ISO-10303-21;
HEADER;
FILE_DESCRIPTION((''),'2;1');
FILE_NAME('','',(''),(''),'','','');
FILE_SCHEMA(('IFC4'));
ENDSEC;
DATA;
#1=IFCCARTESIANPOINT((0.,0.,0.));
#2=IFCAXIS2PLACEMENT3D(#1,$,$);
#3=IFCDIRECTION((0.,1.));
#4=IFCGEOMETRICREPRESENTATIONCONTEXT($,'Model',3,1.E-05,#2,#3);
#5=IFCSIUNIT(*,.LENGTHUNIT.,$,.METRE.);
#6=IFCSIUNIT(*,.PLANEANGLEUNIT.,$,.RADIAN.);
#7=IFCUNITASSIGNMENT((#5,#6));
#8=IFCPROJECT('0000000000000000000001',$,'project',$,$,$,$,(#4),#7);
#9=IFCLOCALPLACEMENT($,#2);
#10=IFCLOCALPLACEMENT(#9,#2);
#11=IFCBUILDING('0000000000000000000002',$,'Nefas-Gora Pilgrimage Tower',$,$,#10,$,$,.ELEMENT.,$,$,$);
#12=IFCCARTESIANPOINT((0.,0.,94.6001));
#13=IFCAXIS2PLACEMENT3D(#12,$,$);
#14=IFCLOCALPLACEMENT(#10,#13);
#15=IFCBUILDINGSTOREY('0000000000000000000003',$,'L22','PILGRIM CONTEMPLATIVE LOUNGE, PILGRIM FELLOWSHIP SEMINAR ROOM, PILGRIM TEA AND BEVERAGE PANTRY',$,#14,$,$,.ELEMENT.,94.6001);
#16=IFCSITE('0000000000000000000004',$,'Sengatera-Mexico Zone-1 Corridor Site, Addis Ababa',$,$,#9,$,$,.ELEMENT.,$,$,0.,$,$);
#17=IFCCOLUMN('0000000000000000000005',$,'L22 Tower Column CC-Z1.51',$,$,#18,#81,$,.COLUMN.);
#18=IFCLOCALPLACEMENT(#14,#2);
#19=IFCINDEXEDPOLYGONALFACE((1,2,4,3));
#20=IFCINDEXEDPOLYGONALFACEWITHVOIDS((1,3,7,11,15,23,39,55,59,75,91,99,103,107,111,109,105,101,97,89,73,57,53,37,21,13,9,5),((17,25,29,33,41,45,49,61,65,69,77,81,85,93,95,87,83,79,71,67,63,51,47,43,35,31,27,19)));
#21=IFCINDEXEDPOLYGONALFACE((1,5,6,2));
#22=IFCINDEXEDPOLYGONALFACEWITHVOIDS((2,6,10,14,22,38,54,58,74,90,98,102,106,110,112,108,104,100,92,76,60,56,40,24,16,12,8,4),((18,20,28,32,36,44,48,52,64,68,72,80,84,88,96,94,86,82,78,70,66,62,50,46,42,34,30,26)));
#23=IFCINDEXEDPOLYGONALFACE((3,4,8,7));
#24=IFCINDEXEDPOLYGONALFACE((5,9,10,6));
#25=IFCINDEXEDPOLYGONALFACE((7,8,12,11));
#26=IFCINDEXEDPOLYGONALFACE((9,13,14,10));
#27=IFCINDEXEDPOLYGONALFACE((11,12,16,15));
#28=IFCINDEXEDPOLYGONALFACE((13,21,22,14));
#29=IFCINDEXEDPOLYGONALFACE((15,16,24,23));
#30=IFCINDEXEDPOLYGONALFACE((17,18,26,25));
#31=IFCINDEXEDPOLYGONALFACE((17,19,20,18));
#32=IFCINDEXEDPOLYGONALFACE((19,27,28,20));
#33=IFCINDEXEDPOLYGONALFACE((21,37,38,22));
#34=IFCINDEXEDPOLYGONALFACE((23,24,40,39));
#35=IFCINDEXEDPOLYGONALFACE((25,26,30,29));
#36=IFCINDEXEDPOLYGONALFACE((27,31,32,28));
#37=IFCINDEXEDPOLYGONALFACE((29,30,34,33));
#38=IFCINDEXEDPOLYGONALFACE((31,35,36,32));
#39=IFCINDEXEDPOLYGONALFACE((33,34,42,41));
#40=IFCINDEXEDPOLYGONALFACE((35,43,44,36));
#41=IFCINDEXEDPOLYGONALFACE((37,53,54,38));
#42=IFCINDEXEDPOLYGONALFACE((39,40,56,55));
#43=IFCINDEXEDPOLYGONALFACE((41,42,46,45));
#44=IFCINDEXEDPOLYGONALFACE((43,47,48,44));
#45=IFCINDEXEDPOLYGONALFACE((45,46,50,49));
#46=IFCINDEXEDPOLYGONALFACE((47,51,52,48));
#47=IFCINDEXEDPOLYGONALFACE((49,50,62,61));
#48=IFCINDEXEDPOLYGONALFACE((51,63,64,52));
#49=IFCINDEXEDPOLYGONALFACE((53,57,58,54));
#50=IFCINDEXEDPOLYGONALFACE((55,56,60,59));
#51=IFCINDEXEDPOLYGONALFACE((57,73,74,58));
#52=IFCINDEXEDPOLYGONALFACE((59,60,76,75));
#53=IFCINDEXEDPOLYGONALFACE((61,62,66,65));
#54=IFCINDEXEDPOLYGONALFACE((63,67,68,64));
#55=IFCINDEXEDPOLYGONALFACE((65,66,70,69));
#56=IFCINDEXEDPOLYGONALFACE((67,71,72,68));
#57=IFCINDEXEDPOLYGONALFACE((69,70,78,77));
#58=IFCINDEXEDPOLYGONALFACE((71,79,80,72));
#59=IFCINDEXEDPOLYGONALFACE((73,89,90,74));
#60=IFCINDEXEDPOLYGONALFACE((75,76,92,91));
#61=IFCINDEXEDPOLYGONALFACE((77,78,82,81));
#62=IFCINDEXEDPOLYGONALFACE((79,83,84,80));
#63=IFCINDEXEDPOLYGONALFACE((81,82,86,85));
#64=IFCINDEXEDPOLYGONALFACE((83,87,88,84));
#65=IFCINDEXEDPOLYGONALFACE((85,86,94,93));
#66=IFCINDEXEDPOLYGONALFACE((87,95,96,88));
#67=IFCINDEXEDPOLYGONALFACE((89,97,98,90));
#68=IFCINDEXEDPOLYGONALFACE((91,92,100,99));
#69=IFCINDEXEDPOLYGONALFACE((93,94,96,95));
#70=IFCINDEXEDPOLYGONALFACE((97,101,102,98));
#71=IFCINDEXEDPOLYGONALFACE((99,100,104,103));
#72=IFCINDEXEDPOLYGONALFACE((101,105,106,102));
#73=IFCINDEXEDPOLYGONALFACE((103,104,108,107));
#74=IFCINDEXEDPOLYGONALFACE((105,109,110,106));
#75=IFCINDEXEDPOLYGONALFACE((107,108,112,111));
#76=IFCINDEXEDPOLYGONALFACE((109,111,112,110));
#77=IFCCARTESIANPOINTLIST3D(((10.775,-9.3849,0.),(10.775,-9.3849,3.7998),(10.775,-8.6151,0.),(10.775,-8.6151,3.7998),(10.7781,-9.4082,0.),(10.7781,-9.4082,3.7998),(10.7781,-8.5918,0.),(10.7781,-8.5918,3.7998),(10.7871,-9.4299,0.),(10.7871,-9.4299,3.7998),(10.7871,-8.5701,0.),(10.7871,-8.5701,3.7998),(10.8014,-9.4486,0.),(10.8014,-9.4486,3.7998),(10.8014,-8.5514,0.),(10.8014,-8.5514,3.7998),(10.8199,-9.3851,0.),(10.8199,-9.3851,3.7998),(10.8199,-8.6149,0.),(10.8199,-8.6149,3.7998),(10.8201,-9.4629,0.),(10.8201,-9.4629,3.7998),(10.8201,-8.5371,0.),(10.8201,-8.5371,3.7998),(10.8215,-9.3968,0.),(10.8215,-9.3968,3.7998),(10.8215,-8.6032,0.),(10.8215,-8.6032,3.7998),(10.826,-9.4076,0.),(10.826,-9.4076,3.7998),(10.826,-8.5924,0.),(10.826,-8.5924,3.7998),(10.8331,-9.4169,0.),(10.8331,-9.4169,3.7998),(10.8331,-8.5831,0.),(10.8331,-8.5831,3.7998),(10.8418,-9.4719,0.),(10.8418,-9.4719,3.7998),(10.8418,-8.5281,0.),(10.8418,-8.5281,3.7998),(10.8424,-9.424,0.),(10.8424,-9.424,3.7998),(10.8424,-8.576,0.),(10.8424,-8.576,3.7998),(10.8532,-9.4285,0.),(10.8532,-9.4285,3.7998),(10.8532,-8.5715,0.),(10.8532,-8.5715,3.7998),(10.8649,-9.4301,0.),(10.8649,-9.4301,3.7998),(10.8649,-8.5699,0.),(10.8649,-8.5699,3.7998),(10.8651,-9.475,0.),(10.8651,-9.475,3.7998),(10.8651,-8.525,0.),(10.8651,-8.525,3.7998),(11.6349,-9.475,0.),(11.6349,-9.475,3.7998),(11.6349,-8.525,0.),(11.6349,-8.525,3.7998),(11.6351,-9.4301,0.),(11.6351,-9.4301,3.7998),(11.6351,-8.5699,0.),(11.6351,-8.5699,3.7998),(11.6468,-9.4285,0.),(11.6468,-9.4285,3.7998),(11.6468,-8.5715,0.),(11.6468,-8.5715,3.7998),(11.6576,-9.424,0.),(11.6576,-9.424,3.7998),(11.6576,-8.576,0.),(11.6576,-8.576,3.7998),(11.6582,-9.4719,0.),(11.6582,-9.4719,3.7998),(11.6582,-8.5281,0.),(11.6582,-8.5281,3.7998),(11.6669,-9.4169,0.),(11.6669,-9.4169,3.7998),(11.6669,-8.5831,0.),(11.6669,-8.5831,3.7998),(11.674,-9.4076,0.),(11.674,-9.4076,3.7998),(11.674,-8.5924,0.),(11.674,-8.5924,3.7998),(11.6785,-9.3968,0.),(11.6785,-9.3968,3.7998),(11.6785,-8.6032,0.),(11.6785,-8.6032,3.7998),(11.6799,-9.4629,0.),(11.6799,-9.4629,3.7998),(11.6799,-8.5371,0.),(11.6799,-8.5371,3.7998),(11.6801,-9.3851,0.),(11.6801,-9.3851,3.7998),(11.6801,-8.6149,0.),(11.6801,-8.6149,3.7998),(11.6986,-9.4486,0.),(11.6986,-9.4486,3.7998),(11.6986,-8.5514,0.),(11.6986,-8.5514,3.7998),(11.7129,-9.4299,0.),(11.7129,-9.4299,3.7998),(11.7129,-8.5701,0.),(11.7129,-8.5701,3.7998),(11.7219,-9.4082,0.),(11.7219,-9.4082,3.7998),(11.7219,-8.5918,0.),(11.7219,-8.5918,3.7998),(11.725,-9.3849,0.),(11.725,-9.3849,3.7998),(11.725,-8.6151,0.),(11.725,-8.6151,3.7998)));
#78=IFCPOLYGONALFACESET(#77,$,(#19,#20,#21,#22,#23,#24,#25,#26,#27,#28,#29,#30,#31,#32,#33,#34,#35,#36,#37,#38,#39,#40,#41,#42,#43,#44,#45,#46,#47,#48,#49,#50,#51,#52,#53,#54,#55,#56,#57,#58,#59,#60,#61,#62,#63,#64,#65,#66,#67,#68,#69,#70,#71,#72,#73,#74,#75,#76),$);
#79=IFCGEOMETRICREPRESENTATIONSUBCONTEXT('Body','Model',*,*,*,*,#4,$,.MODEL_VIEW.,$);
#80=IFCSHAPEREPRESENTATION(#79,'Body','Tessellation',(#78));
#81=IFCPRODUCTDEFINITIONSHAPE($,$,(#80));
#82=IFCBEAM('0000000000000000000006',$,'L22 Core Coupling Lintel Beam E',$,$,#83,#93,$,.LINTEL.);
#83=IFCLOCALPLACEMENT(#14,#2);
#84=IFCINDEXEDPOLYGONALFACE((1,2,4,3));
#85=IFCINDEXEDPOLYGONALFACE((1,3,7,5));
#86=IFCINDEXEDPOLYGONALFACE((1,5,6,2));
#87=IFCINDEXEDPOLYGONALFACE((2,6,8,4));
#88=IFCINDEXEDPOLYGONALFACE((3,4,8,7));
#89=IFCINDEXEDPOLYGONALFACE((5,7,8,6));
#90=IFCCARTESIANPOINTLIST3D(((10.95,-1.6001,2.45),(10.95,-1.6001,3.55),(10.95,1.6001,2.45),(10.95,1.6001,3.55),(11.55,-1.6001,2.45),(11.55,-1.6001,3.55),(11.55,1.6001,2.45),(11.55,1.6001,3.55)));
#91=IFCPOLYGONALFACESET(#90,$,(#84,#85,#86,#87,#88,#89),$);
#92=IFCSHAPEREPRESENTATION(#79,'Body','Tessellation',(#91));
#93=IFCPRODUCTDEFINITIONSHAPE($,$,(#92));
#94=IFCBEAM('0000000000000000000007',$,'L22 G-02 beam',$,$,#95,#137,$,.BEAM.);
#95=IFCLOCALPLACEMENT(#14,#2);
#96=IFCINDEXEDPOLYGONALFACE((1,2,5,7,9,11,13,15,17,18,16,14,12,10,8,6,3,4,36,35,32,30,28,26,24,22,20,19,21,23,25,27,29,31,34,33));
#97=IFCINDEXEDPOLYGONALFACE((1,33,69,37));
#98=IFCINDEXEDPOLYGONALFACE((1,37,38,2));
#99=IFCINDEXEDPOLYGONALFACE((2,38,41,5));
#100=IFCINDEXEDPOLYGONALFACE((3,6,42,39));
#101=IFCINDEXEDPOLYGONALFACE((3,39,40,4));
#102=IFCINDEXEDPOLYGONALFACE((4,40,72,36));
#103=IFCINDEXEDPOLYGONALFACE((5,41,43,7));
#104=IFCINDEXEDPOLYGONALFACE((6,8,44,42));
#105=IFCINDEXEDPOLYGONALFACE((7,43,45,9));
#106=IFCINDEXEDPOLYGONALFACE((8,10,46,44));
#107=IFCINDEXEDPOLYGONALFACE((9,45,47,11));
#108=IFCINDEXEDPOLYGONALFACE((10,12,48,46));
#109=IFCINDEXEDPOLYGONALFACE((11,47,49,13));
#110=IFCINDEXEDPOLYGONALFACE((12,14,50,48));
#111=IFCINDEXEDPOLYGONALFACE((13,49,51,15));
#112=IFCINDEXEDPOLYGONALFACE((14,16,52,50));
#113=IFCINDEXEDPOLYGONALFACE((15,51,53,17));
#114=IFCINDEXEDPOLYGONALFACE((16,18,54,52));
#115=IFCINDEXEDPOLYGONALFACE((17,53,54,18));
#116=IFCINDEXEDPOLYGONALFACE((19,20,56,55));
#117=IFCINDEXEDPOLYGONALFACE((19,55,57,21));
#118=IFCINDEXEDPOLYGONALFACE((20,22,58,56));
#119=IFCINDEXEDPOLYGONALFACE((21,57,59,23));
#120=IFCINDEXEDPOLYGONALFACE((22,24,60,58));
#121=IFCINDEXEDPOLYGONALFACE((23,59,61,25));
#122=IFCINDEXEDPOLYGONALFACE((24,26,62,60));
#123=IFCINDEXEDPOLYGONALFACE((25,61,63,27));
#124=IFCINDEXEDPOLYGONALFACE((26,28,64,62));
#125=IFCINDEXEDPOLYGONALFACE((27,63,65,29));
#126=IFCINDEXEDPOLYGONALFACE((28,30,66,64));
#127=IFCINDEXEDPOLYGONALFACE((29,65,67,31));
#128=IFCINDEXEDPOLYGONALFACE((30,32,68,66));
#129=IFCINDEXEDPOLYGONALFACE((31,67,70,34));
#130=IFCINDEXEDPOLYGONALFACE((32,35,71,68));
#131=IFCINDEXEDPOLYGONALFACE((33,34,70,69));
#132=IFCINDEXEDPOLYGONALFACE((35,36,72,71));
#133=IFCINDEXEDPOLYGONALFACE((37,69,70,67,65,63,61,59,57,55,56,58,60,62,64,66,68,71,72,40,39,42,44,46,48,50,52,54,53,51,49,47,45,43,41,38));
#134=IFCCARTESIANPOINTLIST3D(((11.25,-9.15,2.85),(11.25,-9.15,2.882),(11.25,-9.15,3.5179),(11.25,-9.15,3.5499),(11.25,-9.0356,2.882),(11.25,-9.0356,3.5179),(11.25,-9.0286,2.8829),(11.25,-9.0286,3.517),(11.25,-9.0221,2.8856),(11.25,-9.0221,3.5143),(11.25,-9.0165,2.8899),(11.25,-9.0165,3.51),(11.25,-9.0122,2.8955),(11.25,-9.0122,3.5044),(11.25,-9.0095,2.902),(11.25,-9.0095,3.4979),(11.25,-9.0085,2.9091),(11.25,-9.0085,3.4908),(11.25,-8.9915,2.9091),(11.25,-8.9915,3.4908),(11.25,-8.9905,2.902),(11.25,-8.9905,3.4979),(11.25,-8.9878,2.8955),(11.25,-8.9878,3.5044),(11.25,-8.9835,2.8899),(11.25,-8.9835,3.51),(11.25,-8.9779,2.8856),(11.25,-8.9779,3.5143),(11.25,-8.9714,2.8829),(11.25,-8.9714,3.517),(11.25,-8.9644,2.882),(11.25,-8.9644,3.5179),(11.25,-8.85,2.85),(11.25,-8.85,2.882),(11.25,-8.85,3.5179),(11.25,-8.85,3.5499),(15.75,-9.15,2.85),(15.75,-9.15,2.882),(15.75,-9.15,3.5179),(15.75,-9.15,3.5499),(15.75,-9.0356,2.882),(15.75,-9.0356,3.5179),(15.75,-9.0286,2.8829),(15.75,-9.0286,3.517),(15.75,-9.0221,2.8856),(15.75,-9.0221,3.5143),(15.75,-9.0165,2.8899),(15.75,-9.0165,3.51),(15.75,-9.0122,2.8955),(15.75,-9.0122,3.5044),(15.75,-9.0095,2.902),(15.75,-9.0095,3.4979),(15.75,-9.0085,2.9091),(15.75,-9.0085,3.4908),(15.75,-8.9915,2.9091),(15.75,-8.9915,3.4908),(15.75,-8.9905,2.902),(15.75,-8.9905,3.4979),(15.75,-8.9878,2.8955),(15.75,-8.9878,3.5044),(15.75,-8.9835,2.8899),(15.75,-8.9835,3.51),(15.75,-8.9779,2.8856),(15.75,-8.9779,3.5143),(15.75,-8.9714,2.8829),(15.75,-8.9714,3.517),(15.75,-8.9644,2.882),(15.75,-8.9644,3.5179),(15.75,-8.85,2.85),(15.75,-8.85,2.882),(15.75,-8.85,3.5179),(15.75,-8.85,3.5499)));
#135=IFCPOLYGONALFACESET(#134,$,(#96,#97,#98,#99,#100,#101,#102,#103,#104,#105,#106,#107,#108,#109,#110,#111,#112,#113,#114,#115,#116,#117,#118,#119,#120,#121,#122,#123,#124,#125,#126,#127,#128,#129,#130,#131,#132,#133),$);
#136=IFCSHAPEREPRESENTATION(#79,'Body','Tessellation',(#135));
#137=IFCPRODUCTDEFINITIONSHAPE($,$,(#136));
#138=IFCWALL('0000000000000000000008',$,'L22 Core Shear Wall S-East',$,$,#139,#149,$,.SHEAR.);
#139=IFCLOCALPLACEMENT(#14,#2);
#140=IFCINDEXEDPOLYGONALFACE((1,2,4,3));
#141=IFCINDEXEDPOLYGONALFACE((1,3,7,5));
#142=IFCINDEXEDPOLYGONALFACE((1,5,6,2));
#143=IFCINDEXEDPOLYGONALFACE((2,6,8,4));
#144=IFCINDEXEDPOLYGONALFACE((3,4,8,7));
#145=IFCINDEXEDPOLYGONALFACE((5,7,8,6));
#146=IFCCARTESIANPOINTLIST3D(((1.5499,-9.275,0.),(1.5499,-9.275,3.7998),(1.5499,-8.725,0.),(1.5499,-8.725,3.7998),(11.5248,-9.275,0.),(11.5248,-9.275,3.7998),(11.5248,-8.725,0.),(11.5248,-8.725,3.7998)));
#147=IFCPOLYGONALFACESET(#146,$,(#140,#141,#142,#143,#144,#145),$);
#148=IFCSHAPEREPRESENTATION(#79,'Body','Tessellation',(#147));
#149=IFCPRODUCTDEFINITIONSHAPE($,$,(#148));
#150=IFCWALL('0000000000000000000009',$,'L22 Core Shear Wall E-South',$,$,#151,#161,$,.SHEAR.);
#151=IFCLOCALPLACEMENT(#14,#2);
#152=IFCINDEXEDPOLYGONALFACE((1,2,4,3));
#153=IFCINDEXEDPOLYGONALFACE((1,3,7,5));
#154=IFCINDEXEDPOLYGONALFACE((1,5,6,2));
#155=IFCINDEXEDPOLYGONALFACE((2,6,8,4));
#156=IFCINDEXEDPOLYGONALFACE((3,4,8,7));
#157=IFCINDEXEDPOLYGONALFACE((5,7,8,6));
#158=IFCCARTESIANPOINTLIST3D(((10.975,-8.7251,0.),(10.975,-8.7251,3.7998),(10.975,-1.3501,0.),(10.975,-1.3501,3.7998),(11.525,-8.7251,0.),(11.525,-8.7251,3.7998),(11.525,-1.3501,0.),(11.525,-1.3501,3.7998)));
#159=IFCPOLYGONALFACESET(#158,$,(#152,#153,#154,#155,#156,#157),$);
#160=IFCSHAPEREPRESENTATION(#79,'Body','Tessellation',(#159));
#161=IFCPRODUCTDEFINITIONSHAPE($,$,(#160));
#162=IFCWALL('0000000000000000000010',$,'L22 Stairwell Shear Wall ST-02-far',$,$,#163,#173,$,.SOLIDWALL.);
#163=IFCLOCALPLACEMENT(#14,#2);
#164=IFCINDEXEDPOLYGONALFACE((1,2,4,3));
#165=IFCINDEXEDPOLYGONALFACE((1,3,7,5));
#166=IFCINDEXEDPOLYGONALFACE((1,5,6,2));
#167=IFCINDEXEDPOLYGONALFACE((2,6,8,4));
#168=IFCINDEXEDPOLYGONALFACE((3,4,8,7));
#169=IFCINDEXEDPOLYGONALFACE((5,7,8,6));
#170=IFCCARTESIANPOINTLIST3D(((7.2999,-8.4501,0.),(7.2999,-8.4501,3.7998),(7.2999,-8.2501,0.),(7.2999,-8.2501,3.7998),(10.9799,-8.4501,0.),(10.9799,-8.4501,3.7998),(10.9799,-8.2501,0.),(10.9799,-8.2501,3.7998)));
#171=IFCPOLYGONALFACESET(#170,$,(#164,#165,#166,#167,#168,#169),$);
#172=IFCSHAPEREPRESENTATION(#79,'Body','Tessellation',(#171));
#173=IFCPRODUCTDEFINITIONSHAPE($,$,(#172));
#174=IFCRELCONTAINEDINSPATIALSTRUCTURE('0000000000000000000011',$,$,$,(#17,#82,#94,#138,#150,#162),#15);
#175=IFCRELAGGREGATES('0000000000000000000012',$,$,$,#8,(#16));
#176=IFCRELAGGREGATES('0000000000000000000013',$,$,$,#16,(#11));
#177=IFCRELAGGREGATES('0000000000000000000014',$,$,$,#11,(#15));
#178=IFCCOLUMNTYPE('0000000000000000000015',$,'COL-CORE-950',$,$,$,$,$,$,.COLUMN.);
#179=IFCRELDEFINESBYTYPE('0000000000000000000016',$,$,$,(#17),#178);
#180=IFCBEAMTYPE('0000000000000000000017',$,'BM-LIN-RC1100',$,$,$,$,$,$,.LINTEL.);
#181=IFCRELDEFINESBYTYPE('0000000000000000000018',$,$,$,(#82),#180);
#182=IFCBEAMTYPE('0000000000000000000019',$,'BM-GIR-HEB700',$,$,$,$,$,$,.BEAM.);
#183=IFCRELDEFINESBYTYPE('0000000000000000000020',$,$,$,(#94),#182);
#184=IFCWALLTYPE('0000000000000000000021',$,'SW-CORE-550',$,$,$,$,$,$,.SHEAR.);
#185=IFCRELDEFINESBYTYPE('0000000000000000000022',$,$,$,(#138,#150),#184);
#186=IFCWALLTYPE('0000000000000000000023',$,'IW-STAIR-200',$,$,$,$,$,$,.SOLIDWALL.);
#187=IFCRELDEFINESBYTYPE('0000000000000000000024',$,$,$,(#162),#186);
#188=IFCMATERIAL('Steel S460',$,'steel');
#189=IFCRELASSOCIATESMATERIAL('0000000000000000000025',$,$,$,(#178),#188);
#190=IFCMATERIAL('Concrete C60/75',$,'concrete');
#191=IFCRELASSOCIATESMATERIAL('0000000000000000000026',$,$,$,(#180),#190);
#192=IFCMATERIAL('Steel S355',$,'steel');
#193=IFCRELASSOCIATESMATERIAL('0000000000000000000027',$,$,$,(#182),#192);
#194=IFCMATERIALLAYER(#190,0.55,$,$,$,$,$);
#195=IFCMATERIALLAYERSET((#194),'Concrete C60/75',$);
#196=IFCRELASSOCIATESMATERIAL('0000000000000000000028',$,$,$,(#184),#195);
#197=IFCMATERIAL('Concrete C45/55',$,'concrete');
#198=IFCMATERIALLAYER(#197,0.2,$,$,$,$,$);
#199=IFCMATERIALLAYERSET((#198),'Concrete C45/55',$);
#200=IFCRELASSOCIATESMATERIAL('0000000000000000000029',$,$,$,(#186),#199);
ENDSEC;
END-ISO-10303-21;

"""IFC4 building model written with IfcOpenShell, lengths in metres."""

from ifc_helpers import new_model, si_unit, direction, frame, frame_2d, origin, origin_2d, place, context, subcontext, project, spatial, rectangle, hollow_rectangle, i_section, extrude, source, transform, mapped, material, layer, layer_set, material_profile, profile_set, type_object, element, save


model = new_model("IFC4")

# Units and contexts
model_context = context("Model", 3, precision=1e-05, world=origin(), true_north=direction((0.0, 1.0)))
body_context = subcontext(model_context, "Body", "Model", "MODEL_VIEW")
ifc_project = project(units=[si_unit("LENGTHUNIT", "METRE"), si_unit("PLANEANGLEUNIT", "RADIAN")], contexts=[model_context])

# Site, building, storey
site_placement = place(None, origin())
site = spatial("IfcSite", under=ifc_project, at=site_placement, Name="Sengatera-Mexico Zone-1 Corridor Site, Addis Ababa", CompositionType="ELEMENT", RefElevation=0.0)
building_placement = place(site_placement, origin())
building = spatial("IfcBuilding", under=site, at=building_placement, Name="Nefas-Gora Pilgrimage Tower", CompositionType="ELEMENT")
storey_placement = place(building_placement, frame((0.0, 0.0, 94.6001)))
storey = spatial("IfcBuildingStorey", under=building, at=storey_placement, Name="L22", Description="PILGRIM CONTEMPLATIVE LOUNGE, PILGRIM FELLOWSHIP SEMINAR ROOM, PILGRIM TEA AND BEVERAGE PANTRY", CompositionType="ELEMENT", Elevation=94.6001)

# Column
ifc_material_1 = material(Name="Steel S460", Category="steel")
ifc_material_profile_1 = material_profile(ifc_material_1, hollow_rectangle(XDim=0.95, YDim=0.95, WallThickness=0.0449, InnerFilletRadius=0.0449, OuterFilletRadius=0.0901, at=origin_2d()), Name="BOX 950x950x45")
ifc_profile_set_1 = profile_set([ifc_material_profile_1], Name="Steel S460")
column_type = type_object("IfcColumnType", Name="COL-CORE-950", PredefinedType="COLUMN", material=ifc_profile_set_1)
shared_shape_1 = source(origin(), body_context, "Body", "SweptSolid", [
    extrude(hollow_rectangle(XDim=0.95, YDim=0.95, WallThickness=0.0449, InnerFilletRadius=0.0449, OuterFilletRadius=0.0901, at=origin_2d()), origin(), (0.0, 0.0, 1.0), 3.7998),
])
column_placement = place(storey_placement, frame((11.25, -9.0, 0.0), z_axis=(0.0, 0.0, 1.0), x_axis=(1.0, 0.0, 0.0)))
element("IfcColumn", 1, at=column_placement, inside=storey, type_object=column_type, Name="L22 Tower Column CC-Z1.51", PredefinedType="COLUMN", context=body_context, shape_type="MappedRepresentation", body=[
    mapped(shared_shape_1, transform((0.0, 0.0, 0.0), x_axis=(1.0, 0.0, 0.0), y_axis=(0.0, 1.0, 0.0), z_axis=(0.0, 0.0, 1.0), scale=1.0)),
])

# Beams
ifc_material_2 = material(Name="Concrete C60/75", Category="concrete")
ifc_material_profile_2 = material_profile(ifc_material_2, rectangle(XDim=0.6001, YDim=1.1001, at=origin_2d()), Name="RC 600x1100")
ifc_profile_set_2 = profile_set([ifc_material_profile_2], Name="Concrete C60/75")
beam_type_1 = type_object("IfcBeamType", Name="BM-LIN-RC1100", PredefinedType="LINTEL", material=ifc_profile_set_2)
shared_shape_2 = source(origin(), body_context, "Body", "SweptSolid", [
    extrude(rectangle(XDim=0.6001, YDim=1.1001, at=origin_2d()), origin(), (0.0, 0.0, 1.0), 3.2002),
])
beam_1_placement = place(storey_placement, frame((11.25, -1.6001, 3.0), z_axis=(0.0, 1.0, 0.0), x_axis=(-1.0, 0.0, 0.0)))
element("IfcBeam", 2, at=beam_1_placement, inside=storey, type_object=beam_type_1, Name="L22 Core Coupling Lintel Beam E", PredefinedType="LINTEL", context=body_context, shape_type="MappedRepresentation", body=[
    mapped(shared_shape_2, transform((0.0, 0.0, 0.0), x_axis=(1.0, 0.0, 0.0), y_axis=(0.0, 1.0, 0.0), z_axis=(0.0, 0.0, 1.0), scale=1.0)),
])
ifc_material_3 = material(Name="Steel S355", Category="steel")
ifc_material_profile_3 = material_profile(ifc_material_3, i_section(OverallWidth=0.3, OverallDepth=0.7, WebThickness=0.0171, FlangeThickness=0.032, FilletRadius=0.0271, at=origin_2d()), Name="HEB 700")
ifc_profile_set_3 = profile_set([ifc_material_profile_3], Name="Steel S355")
beam_type_2 = type_object("IfcBeamType", Name="BM-GIR-HEB700", PredefinedType="BEAM", material=ifc_profile_set_3)
shared_shape_3 = source(origin(), body_context, "Body", "SweptSolid", [
    extrude(i_section(OverallWidth=0.3, OverallDepth=0.7, WebThickness=0.0171, FlangeThickness=0.032, FilletRadius=0.0271, at=origin_2d()), origin(), (0.0, 0.0, 1.0), 4.5),
])
beam_2_placement = place(storey_placement, frame((11.25, -9.0, 3.2), z_axis=(1.0, 0.0, 0.0), x_axis=(0.0, 1.0, 0.0)))
element("IfcBeam", 3, at=beam_2_placement, inside=storey, type_object=beam_type_2, Name="L22 G-02 beam", PredefinedType="BEAM", context=body_context, shape_type="MappedRepresentation", body=[
    mapped(shared_shape_3, transform((0.0, 0.0, 0.0), x_axis=(1.0, 0.0, 0.0), y_axis=(0.0, 1.0, 0.0), z_axis=(0.0, 0.0, 1.0), scale=1.0)),
])

# Walls
ifc_layer_1 = layer(ifc_material_2, 0.55)
ifc_layer_set_1 = layer_set([ifc_layer_1], Name="Concrete C60/75")
wall_type_1 = type_object("IfcWallType", Name="SW-CORE-550", PredefinedType="SHEAR", material=ifc_layer_set_1)
shared_shape_4 = source(origin(), body_context, "Body", "SweptSolid", [
    extrude(rectangle(XDim=9.9749, YDim=0.55, at=frame_2d((4.9873, 0.0))), origin(), (0.0, 0.0, 1.0), 3.7998),
])
wall_1_placement = place(storey_placement, frame((1.55, -9.0, 0.0), z_axis=(0.0, 0.0, 1.0), x_axis=(1.0, 0.0, 0.0)))
element("IfcWall", 4, at=wall_1_placement, inside=storey, type_object=wall_type_1, Name="L22 Core Shear Wall S-East", PredefinedType="SHEAR", context=body_context, shape_type="MappedRepresentation", body=[
    mapped(shared_shape_4, transform((0.0, 0.0, 0.0), x_axis=(1.0, 0.0, 0.0), y_axis=(0.0, 1.0, 0.0), z_axis=(0.0, 0.0, 1.0), scale=1.0)),
])
shared_shape_5 = source(origin(), body_context, "Body", "SweptSolid", [
    extrude(rectangle(XDim=7.375, YDim=0.55, at=frame_2d((3.6875, 0.0))), origin(), (0.0, 0.0, 1.0), 3.7998),
])
wall_2_placement = place(storey_placement, frame((11.25, -8.7251, 0.0), z_axis=(0.0, 0.0, 1.0), x_axis=(0.0, 1.0, 0.0)))
element("IfcWall", 5, at=wall_2_placement, inside=storey, type_object=wall_type_1, Name="L22 Core Shear Wall E-South", PredefinedType="SHEAR", context=body_context, shape_type="MappedRepresentation", body=[
    mapped(shared_shape_5, transform((0.0, 0.0, 0.0), x_axis=(1.0, 0.0, 0.0), y_axis=(0.0, 1.0, 0.0), z_axis=(0.0, 0.0, 1.0), scale=1.0)),
])
ifc_material_4 = material(Name="Concrete C45/55", Category="concrete")
ifc_layer_2 = layer(ifc_material_4, 0.2)
ifc_layer_set_2 = layer_set([ifc_layer_2], Name="Concrete C45/55")
wall_type_2 = type_object("IfcWallType", Name="IW-STAIR-200", PredefinedType="SOLIDWALL", material=ifc_layer_set_2)
shared_shape_6 = source(origin(), body_context, "Body", "SweptSolid", [
    extrude(rectangle(XDim=3.6799, YDim=0.2, at=frame_2d((1.8398, 0.0))), origin(), (0.0, 0.0, 1.0), 3.7998),
])
wall_3_placement = place(storey_placement, frame((7.3, -8.3501, 0.0), z_axis=(0.0, 0.0, 1.0), x_axis=(1.0, 0.0, 0.0)))
element("IfcWall", 6, at=wall_3_placement, inside=storey, type_object=wall_type_2, Name="L22 Stairwell Shear Wall ST-02-far", PredefinedType="SOLIDWALL", context=body_context, shape_type="MappedRepresentation", body=[
    mapped(shared_shape_6, transform((0.0, 0.0, 0.0), x_axis=(1.0, 0.0, 0.0), y_axis=(0.0, 1.0, 0.0), z_axis=(0.0, 0.0, 1.0), scale=1.0)),
])

save(model, "model.ifc")
